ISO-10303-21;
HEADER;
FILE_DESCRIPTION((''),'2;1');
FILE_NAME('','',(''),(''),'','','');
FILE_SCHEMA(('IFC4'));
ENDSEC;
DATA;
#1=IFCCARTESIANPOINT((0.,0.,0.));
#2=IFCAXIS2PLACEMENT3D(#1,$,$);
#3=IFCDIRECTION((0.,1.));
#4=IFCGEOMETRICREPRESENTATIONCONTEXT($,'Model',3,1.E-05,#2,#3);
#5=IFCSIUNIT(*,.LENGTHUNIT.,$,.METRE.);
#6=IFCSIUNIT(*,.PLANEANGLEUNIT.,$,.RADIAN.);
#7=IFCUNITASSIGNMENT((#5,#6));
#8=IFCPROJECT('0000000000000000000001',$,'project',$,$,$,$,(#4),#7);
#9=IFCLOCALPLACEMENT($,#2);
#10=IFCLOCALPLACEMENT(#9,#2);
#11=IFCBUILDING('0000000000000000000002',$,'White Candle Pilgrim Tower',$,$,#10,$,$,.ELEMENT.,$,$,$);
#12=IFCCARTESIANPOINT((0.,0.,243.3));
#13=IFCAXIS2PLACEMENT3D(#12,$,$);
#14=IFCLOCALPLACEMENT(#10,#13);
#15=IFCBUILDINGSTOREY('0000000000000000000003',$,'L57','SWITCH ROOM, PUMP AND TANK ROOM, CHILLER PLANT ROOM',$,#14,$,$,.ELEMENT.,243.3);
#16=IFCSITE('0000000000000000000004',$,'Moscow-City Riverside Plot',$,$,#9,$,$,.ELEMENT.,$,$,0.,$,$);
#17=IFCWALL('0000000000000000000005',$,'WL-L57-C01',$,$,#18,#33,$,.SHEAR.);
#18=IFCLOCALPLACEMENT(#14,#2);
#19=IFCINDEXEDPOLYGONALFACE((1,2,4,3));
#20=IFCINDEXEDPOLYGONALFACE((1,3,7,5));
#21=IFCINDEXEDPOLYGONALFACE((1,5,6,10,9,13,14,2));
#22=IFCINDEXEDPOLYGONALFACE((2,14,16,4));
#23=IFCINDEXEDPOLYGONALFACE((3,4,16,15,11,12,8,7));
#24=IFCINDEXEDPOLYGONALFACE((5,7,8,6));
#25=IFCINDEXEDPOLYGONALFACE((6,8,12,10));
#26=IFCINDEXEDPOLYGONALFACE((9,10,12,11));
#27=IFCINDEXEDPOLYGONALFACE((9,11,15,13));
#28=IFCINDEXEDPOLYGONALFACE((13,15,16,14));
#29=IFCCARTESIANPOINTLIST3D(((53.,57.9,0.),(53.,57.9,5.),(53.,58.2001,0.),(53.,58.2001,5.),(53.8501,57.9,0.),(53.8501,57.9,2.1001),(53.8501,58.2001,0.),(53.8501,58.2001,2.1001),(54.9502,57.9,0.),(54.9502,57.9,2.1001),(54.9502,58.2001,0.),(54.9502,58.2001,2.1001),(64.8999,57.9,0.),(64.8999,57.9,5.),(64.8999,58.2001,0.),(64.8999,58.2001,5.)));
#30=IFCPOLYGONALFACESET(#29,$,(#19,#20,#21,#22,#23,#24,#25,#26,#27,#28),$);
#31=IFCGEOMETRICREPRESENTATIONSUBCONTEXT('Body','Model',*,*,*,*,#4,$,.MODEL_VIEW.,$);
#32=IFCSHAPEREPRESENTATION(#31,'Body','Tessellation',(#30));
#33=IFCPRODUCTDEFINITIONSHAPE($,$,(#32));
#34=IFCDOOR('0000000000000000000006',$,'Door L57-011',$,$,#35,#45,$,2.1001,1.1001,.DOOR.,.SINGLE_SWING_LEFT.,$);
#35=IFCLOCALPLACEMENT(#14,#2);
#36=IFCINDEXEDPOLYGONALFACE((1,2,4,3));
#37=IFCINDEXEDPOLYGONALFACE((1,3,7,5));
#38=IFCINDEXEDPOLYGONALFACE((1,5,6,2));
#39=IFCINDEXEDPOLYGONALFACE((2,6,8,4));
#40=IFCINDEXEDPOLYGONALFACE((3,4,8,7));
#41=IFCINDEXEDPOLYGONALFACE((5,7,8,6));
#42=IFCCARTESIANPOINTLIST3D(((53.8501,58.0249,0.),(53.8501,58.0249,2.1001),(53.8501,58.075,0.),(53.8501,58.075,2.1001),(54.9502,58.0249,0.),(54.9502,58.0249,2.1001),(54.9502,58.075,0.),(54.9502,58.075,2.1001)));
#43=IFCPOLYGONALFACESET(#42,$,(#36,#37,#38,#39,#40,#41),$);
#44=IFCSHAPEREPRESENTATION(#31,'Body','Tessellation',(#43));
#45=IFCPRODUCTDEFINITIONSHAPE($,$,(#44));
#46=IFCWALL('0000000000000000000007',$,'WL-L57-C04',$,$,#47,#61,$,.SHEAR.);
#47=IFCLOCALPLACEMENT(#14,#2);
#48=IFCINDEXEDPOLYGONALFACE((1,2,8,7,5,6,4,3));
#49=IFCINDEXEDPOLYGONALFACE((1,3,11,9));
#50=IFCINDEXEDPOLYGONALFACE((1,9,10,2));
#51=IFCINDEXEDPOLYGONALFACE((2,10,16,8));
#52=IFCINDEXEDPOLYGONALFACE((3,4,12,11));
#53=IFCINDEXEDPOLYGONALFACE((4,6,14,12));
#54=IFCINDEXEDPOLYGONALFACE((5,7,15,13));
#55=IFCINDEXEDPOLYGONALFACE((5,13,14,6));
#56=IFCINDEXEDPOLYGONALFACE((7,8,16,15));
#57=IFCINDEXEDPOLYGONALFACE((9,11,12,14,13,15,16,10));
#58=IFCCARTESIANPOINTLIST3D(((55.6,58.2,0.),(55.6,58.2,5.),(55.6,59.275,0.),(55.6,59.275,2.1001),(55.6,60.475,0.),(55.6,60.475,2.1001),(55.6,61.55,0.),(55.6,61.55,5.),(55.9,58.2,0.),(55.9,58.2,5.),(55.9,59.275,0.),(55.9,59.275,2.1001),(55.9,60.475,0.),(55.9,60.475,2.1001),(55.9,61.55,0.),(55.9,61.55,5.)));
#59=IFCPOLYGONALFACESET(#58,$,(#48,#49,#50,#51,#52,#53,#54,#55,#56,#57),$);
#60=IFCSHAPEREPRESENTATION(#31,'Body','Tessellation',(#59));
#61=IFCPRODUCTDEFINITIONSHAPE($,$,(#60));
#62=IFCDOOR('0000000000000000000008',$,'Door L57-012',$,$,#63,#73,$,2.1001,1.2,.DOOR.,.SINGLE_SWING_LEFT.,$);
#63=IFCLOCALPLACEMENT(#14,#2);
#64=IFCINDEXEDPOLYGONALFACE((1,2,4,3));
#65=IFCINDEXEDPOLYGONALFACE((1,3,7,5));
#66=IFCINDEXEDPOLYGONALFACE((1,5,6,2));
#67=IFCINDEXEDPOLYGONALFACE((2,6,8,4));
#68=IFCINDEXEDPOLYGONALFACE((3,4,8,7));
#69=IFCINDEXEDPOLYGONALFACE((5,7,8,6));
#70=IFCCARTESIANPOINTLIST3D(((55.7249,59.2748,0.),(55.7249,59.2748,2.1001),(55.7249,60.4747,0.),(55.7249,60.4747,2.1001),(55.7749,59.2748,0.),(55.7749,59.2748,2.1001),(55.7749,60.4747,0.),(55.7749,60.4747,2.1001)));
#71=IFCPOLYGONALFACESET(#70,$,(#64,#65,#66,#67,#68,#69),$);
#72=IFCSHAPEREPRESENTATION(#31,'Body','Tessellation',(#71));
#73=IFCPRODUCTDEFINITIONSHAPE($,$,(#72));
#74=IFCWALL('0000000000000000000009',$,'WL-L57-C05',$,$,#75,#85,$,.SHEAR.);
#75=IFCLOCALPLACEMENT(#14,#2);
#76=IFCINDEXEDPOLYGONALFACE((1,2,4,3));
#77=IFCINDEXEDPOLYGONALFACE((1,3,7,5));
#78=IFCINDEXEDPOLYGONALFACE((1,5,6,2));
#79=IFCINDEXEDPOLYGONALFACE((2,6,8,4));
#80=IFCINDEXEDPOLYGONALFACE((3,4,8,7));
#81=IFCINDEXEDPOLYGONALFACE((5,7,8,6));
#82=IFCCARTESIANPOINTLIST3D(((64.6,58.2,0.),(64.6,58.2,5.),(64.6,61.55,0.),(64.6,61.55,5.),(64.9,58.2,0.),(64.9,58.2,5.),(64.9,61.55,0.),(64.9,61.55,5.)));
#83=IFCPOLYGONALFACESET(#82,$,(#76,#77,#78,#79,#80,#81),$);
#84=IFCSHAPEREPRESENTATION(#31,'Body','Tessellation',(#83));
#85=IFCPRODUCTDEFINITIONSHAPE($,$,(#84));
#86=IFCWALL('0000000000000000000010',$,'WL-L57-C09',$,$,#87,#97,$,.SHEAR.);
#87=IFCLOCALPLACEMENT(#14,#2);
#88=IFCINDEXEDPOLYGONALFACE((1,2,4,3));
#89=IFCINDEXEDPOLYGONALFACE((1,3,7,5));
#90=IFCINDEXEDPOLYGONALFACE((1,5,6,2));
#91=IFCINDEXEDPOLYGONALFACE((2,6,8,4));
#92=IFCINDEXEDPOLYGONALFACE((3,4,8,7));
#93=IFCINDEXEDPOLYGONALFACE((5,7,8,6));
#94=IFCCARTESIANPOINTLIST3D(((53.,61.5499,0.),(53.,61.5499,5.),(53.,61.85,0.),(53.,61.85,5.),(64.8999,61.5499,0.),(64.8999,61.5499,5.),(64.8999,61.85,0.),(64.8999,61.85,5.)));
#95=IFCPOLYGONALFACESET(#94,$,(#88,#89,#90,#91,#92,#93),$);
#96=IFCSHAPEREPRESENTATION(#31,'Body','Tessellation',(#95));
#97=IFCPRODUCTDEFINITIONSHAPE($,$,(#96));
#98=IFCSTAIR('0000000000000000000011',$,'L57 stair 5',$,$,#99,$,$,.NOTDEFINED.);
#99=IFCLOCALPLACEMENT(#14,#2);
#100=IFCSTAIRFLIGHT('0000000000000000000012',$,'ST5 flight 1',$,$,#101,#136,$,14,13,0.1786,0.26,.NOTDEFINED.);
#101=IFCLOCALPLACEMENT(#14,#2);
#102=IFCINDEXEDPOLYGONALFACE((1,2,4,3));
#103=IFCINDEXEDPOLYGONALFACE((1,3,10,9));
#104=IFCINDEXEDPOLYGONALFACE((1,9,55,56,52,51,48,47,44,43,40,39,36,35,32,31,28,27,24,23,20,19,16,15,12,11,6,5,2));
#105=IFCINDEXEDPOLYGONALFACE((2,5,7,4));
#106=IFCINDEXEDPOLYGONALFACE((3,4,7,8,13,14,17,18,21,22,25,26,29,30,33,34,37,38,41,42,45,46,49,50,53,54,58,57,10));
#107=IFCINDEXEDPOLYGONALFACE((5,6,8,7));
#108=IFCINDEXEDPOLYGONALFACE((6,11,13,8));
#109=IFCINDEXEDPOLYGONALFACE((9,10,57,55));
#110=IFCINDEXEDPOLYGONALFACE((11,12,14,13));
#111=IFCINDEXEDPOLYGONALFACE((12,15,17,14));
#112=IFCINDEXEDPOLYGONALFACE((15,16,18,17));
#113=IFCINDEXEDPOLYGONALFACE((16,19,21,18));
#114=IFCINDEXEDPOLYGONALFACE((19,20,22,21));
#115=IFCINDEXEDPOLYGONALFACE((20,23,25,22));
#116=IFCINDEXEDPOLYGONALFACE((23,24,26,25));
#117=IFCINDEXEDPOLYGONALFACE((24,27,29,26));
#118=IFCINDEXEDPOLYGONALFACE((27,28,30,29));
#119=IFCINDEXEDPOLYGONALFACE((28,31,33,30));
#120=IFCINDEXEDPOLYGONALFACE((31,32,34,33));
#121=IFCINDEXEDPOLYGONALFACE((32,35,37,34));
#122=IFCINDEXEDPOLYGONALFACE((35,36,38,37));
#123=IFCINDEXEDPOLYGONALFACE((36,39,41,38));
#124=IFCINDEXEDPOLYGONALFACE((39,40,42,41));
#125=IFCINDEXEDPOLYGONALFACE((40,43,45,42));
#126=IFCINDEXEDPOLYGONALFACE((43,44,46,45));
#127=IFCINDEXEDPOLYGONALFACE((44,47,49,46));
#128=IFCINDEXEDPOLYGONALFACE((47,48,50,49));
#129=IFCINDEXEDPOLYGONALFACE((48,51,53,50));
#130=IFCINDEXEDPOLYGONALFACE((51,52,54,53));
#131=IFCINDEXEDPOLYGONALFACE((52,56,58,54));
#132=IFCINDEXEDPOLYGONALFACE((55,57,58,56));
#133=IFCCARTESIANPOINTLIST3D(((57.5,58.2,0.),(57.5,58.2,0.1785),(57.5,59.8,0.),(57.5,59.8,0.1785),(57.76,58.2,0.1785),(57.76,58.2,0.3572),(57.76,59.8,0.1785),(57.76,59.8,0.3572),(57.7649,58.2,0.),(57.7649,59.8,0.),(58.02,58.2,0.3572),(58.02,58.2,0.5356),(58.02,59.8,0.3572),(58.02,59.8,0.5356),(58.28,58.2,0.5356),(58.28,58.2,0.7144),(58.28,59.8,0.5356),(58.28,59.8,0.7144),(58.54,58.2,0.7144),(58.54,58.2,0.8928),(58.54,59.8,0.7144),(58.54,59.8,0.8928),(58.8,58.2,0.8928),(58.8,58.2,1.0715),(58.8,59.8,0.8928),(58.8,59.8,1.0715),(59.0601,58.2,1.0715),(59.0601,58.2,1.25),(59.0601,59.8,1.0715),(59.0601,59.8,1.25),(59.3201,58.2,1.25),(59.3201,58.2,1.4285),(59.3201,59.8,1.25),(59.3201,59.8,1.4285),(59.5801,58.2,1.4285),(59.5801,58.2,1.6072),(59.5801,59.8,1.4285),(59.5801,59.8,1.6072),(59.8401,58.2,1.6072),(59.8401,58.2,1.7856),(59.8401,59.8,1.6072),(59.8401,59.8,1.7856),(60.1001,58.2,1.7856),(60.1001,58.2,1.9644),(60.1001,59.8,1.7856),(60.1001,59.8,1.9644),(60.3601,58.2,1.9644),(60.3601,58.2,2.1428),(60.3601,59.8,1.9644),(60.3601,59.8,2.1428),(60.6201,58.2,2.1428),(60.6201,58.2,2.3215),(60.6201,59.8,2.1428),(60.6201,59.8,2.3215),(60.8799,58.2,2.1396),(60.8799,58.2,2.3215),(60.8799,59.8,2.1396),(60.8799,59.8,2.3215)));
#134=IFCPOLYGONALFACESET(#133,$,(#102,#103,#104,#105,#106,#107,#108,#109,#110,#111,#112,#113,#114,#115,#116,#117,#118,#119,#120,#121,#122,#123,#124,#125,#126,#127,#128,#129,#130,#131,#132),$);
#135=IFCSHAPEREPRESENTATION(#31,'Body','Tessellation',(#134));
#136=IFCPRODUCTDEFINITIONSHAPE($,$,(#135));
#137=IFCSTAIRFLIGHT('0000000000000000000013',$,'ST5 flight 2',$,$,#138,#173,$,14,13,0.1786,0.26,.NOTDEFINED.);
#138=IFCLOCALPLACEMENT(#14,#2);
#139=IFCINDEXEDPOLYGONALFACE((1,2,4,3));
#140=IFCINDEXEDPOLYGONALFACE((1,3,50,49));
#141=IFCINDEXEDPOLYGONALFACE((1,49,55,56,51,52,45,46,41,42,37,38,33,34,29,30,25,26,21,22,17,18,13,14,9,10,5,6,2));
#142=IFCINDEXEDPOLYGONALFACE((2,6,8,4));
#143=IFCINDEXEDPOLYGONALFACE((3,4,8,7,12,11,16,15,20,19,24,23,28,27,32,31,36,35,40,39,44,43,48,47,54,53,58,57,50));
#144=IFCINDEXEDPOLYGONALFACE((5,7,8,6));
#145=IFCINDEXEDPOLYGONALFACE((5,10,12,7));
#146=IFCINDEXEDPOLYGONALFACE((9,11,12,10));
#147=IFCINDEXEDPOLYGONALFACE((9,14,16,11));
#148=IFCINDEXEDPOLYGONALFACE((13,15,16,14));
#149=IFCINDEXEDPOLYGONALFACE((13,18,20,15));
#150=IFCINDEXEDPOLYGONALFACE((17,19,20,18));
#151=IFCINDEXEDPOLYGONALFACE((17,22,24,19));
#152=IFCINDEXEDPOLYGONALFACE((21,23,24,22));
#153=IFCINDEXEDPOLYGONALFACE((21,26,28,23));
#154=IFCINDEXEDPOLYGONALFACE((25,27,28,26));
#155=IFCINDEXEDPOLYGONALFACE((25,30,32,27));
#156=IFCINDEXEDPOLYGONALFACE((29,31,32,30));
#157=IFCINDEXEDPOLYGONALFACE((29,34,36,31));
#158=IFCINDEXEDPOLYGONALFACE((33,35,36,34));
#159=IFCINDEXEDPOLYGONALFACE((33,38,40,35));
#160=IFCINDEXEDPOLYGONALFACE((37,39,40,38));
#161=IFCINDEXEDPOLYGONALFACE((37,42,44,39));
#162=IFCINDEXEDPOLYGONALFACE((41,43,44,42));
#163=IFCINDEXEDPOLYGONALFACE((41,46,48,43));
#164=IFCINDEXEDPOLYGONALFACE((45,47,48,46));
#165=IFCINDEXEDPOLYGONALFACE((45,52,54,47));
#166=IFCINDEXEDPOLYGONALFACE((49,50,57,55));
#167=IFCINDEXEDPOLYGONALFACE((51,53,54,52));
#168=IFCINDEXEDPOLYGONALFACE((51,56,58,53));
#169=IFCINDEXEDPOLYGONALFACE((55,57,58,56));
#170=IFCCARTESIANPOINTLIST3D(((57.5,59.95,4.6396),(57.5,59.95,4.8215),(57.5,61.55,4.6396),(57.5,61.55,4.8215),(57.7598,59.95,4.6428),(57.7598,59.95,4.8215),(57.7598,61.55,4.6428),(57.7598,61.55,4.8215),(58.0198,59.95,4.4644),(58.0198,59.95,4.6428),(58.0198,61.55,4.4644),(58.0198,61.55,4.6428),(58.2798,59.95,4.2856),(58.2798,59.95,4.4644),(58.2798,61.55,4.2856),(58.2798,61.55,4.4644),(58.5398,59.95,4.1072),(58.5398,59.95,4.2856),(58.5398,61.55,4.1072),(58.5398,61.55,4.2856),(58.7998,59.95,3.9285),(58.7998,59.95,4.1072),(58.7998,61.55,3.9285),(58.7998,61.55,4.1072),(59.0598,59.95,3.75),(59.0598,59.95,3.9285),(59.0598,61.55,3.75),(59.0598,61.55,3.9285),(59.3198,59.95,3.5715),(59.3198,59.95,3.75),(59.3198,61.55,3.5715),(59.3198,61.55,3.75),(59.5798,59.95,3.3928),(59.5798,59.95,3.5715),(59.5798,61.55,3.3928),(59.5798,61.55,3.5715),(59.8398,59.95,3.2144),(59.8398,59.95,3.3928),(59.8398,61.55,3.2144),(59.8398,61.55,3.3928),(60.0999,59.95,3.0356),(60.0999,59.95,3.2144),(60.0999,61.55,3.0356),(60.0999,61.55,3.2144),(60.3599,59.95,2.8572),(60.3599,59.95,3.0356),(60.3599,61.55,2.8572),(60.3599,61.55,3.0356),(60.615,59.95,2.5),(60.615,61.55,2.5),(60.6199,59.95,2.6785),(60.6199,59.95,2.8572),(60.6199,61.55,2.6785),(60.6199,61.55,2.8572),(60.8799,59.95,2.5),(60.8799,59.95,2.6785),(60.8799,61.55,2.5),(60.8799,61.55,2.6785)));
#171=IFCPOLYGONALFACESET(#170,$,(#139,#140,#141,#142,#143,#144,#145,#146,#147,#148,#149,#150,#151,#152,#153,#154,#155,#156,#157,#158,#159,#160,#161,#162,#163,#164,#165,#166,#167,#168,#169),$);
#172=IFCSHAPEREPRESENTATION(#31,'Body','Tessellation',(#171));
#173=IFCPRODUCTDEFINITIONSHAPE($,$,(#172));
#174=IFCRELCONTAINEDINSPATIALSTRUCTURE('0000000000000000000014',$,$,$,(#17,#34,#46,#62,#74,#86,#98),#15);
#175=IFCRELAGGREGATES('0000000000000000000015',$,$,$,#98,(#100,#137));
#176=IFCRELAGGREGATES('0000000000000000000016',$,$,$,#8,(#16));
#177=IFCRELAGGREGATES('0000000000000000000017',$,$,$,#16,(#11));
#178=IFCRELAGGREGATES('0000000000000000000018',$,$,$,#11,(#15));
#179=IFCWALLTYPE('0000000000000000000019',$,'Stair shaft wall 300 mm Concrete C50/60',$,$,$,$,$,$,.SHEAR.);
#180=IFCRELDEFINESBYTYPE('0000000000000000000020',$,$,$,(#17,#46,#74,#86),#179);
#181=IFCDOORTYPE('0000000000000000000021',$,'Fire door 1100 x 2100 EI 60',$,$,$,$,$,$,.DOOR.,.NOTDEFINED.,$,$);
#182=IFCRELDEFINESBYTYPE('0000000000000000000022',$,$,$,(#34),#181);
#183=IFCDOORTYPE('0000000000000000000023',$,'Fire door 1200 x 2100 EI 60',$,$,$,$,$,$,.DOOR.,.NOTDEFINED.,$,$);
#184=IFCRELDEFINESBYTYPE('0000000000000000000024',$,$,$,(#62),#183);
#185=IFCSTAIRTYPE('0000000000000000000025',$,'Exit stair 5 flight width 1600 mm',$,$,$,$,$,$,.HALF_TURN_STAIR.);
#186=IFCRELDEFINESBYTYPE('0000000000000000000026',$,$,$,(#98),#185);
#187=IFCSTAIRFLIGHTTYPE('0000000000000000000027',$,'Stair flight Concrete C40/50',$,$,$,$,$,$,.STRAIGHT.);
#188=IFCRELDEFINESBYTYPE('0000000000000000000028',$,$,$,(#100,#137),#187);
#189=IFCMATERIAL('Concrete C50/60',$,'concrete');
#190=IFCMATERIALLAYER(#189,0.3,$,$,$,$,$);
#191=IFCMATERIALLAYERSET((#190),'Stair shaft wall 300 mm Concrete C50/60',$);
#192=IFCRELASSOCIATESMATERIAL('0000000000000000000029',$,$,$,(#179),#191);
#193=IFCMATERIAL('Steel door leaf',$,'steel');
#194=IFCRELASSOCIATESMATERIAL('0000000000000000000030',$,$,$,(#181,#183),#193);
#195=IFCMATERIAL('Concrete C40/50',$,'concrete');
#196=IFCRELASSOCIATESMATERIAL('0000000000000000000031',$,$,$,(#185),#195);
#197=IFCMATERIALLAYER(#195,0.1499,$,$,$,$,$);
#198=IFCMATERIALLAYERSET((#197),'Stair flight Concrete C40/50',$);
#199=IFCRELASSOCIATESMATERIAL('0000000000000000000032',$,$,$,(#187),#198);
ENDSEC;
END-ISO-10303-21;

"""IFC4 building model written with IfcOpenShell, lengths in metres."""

from ifc_helpers import new_model, si_unit, direction, frame, frame_2d, origin, place, context, subcontext, project, spatial, polyline, rectangle, outline, extrude, material, layer, layer_set, type_object, element, fill, aggregate, save


model = new_model("IFC4")

# Units and contexts
model_context = context("Model", 3, precision=1e-05, world=origin(), true_north=direction((0.0, 1.0)))
body_context = subcontext(model_context, "Body", "Model", "MODEL_VIEW")
ifc_project = project(units=[si_unit("LENGTHUNIT", "METRE"), si_unit("PLANEANGLEUNIT", "RADIAN")], contexts=[model_context])

# Site, building, storey
site_placement = place(None, origin())
site = spatial("IfcSite", under=ifc_project, at=site_placement, Name="Moscow-City Riverside Plot", CompositionType="ELEMENT", RefElevation=0.0)
building_placement = place(site_placement, origin())
building = spatial("IfcBuilding", under=site, at=building_placement, Name="White Candle Pilgrim Tower", CompositionType="ELEMENT")
storey_placement = place(building_placement, frame((0.0, 0.0, 243.3)))
storey = spatial("IfcBuildingStorey", under=building, at=storey_placement, Name="L57", Description="SWITCH ROOM, PUMP AND TANK ROOM, CHILLER PLANT ROOM", CompositionType="ELEMENT", Elevation=243.3)

# Shared definitions
ifc_material_1 = material(Name="Concrete C50/60", Category="concrete")

# Walls, openings, doors
ifc_material_2 = material(Name="Steel door leaf", Category="steel")
ifc_layer_1 = layer(ifc_material_1, 0.3)
ifc_layer_set_1 = layer_set([ifc_layer_1], Name="Stair shaft wall 300 mm Concrete C50/60")
wall_type_1 = type_object("IfcWallType", Name="Stair shaft wall 300 mm Concrete C50/60", PredefinedType="SHEAR", material=ifc_layer_set_1)
wall_1_placement = place(storey_placement, frame((53.0, 58.05, 0.0), z_axis=(0.0, 0.0, 1.0), x_axis=(1.0, 0.0, 0.0)))
wall_1 = element("IfcWall", 1, at=wall_1_placement, inside=storey, type_object=wall_type_1, Name="WL-L57-C01", PredefinedType="SHEAR", context=body_context, shape_type="SweptSolid", body=[
    extrude(rectangle(XDim=11.8999, YDim=0.3, at=frame_2d((5.95, 0.0))), origin(), (0.0, 0.0, 1.0), 5.0),
])
opening_1_placement = place(wall_1_placement, frame((0.8501, 0.0, 0.0)))
opening_1 = element("IfcOpeningElement", 2, at=opening_1_placement, cuts=wall_1, PredefinedType="OPENING", context=body_context, shape_type="SweptSolid", body=[
    extrude(rectangle(XDim=1.1001, YDim=2.1001, at=frame_2d((0.55, 1.05))), frame((0.0, 0.1599, 0.0), z_axis=(0.0, -1.0, 0.0), x_axis=(1.0, 0.0, 0.0)), (0.0, 0.0, 1.0), 0.3201),
])
door_type_1 = type_object("IfcDoorType", Name="Fire door 1100 x 2100 EI 60", OperationType="NOTDEFINED", PredefinedType="DOOR", material=ifc_material_2)
door_1_placement = place(opening_1_placement, origin())
door_1 = element("IfcDoor", 3, at=door_1_placement, inside=storey, type_object=door_type_1, Name="Door L57-011", OperationType="SINGLE_SWING_LEFT", OverallHeight=2.1001, OverallWidth=1.1001, PredefinedType="DOOR", context=body_context, shape_type="SweptSolid", body=[
    extrude(rectangle(XDim=1.1001, YDim=2.1001, at=frame_2d((0.55, 1.05))), frame((0.0, 0.0249, 0.0), z_axis=(0.0, -1.0, 0.0), x_axis=(1.0, 0.0, 0.0)), (0.0, 0.0, 1.0), 0.05),
])
fill(opening_1, door_1)
wall_2_placement = place(storey_placement, frame((55.75, 58.2, 0.0), z_axis=(0.0, 0.0, 1.0), x_axis=(0.0, 1.0, 0.0)))
wall_2 = element("IfcWall", 4, at=wall_2_placement, inside=storey, type_object=wall_type_1, Name="WL-L57-C04", PredefinedType="SHEAR", context=body_context, shape_type="SweptSolid", body=[
    extrude(rectangle(XDim=3.3501, YDim=0.3, at=frame_2d((1.675, 0.0))), origin(), (0.0, 0.0, 1.0), 5.0),
])
opening_2_placement = place(wall_2_placement, frame((1.075, 0.0, 0.0)))
opening_2 = element("IfcOpeningElement", 5, at=opening_2_placement, cuts=wall_2, PredefinedType="OPENING", context=body_context, shape_type="SweptSolid", body=[
    extrude(rectangle(XDim=1.2, YDim=2.1001, at=frame_2d((0.6001, 1.05))), frame((0.0, 0.1599, 0.0), z_axis=(0.0, -1.0, 0.0), x_axis=(1.0, 0.0, 0.0)), (0.0, 0.0, 1.0), 0.3201),
])
door_type_2 = type_object("IfcDoorType", Name="Fire door 1200 x 2100 EI 60", OperationType="NOTDEFINED", PredefinedType="DOOR", material=ifc_material_2)
door_2_placement = place(opening_2_placement, frame((1.2, 0.0, 0.0), z_axis=(0.0, 0.0, 1.0), x_axis=(-1.0, 0.0, 0.0)))
door_2 = element("IfcDoor", 6, at=door_2_placement, inside=storey, type_object=door_type_2, Name="Door L57-012", OperationType="SINGLE_SWING_LEFT", OverallHeight=2.1001, OverallWidth=1.2, PredefinedType="DOOR", context=body_context, shape_type="SweptSolid", body=[
    extrude(rectangle(XDim=1.2, YDim=2.1001, at=frame_2d((0.6001, 1.05))), frame((0.0, 0.0249, 0.0), z_axis=(0.0, -1.0, 0.0), x_axis=(1.0, 0.0, 0.0)), (0.0, 0.0, 1.0), 0.05),
])
fill(opening_2, door_2)

# Walls
wall_3_placement = place(storey_placement, frame((64.75, 58.2, 0.0), z_axis=(0.0, 0.0, 1.0), x_axis=(0.0, 1.0, 0.0)))
element("IfcWall", 7, at=wall_3_placement, inside=storey, type_object=wall_type_1, Name="WL-L57-C05", PredefinedType="SHEAR", context=body_context, shape_type="SweptSolid", body=[
    extrude(rectangle(XDim=3.3501, YDim=0.3, at=frame_2d((1.675, 0.0))), origin(), (0.0, 0.0, 1.0), 5.0),
])
wall_4_placement = place(storey_placement, frame((53.0, 61.7, 0.0), z_axis=(0.0, 0.0, 1.0), x_axis=(1.0, 0.0, 0.0)))
element("IfcWall", 8, at=wall_4_placement, inside=storey, type_object=wall_type_1, Name="WL-L57-C09", PredefinedType="SHEAR", context=body_context, shape_type="SweptSolid", body=[
    extrude(rectangle(XDim=11.8999, YDim=0.3, at=frame_2d((5.95, 0.0))), origin(), (0.0, 0.0, 1.0), 5.0),
])

# Stair, stair flights
ifc_material_3 = material(Name="Concrete C40/50", Category="concrete")
stair_type = type_object("IfcStairType", Name="Exit stair 5 flight width 1600 mm", PredefinedType="HALF_TURN_STAIR", material=ifc_material_3)
stair_placement = place(storey_placement, origin())
stair = element("IfcStair", 9, at=stair_placement, inside=storey, type_object=stair_type, Name="L57 stair 5", PredefinedType="NOTDEFINED")
ifc_layer_2 = layer(ifc_material_3, 0.1499)
ifc_layer_set_2 = layer_set([ifc_layer_2], Name="Stair flight Concrete C40/50")
stair_flight_type = type_object("IfcStairFlightType", Name="Stair flight Concrete C40/50", PredefinedType="STRAIGHT", material=ifc_layer_set_2)
stair_flight_1_placement = place(storey_placement, frame((57.5, 59.0, 0.0), z_axis=(0.0, 0.0, 1.0), x_axis=(1.0, 0.0, 0.0)))
stair_flight_1 = element("IfcStairFlight", 10, at=stair_flight_1_placement, type_object=stair_flight_type, Name="ST5 flight 1", NumberOfRisers=14, NumberOfTreads=13, PredefinedType="NOTDEFINED", RiserHeight=0.1786, TreadLength=0.26, context=body_context, shape_type="SweptSolid", body=[
    extrude(outline(polyline([(0.0, 0.0), (0.0, 0.1785), (0.26, 0.1785), (0.26, 0.3572), (0.52, 0.3572), (0.52, 0.5356), (0.78, 0.5356), (0.78, 0.7144), (1.04, 0.7144), (1.04, 0.8928), (1.3, 0.8928), (1.3, 1.0715), (1.5601, 1.0715), (1.5601, 1.25), (1.8201, 1.25), (1.8201, 1.4285), (2.0801, 1.4285), (2.0801, 1.6072), (2.3401, 1.6072), (2.3401, 1.7856), (2.6001, 1.7856), (2.6001, 1.9644), (2.8601, 1.9644), (2.8601, 2.1428), (3.1201, 2.1428), (3.1201, 2.3215), (3.3799, 2.3215), (3.3799, 2.5), (3.3799, 2.1396), (0.2649, 0.0), (0.0, 0.0)])), frame((0.0, 0.8, 0.0), z_axis=(0.0, -1.0, 0.0), x_axis=(1.0, 0.0, 0.0)), (0.0, 0.0, 1.0), 1.6001),
])
stair_flight_2_placement = place(storey_placement, frame((60.8799, 60.75, 2.5), z_axis=(0.0, 0.0, 1.0), x_axis=(-1.0, 0.0, 0.0)))
stair_flight_2 = element("IfcStairFlight", 11, at=stair_flight_2_placement, type_object=stair_flight_type, Name="ST5 flight 2", NumberOfRisers=14, NumberOfTreads=13, PredefinedType="NOTDEFINED", RiserHeight=0.1786, TreadLength=0.26, context=body_context, shape_type="SweptSolid", body=[
    extrude(outline(polyline([(0.0, 0.0), (0.0, 0.1785), (0.26, 0.1785), (0.26, 0.3572), (0.52, 0.3572), (0.52, 0.5356), (0.78, 0.5356), (0.78, 0.7144), (1.04, 0.7144), (1.04, 0.8928), (1.3, 0.8928), (1.3, 1.0715), (1.5601, 1.0715), (1.5601, 1.25), (1.8201, 1.25), (1.8201, 1.4285), (2.0801, 1.4285), (2.0801, 1.6072), (2.3401, 1.6072), (2.3401, 1.7856), (2.6001, 1.7856), (2.6001, 1.9644), (2.8601, 1.9644), (2.8601, 2.1428), (3.1201, 2.1428), (3.1201, 2.3215), (3.3799, 2.3215), (3.3799, 2.5), (3.3799, 2.1396), (0.2649, 0.0), (0.0, 0.0)])), frame((0.0, 0.8, 0.0), z_axis=(0.0, -1.0, 0.0), x_axis=(1.0, 0.0, 0.0)), (0.0, 0.0, 1.0), 1.6001),
])
aggregate(stair, [stair_flight_1, stair_flight_2])

save(model, "model.ifc")
